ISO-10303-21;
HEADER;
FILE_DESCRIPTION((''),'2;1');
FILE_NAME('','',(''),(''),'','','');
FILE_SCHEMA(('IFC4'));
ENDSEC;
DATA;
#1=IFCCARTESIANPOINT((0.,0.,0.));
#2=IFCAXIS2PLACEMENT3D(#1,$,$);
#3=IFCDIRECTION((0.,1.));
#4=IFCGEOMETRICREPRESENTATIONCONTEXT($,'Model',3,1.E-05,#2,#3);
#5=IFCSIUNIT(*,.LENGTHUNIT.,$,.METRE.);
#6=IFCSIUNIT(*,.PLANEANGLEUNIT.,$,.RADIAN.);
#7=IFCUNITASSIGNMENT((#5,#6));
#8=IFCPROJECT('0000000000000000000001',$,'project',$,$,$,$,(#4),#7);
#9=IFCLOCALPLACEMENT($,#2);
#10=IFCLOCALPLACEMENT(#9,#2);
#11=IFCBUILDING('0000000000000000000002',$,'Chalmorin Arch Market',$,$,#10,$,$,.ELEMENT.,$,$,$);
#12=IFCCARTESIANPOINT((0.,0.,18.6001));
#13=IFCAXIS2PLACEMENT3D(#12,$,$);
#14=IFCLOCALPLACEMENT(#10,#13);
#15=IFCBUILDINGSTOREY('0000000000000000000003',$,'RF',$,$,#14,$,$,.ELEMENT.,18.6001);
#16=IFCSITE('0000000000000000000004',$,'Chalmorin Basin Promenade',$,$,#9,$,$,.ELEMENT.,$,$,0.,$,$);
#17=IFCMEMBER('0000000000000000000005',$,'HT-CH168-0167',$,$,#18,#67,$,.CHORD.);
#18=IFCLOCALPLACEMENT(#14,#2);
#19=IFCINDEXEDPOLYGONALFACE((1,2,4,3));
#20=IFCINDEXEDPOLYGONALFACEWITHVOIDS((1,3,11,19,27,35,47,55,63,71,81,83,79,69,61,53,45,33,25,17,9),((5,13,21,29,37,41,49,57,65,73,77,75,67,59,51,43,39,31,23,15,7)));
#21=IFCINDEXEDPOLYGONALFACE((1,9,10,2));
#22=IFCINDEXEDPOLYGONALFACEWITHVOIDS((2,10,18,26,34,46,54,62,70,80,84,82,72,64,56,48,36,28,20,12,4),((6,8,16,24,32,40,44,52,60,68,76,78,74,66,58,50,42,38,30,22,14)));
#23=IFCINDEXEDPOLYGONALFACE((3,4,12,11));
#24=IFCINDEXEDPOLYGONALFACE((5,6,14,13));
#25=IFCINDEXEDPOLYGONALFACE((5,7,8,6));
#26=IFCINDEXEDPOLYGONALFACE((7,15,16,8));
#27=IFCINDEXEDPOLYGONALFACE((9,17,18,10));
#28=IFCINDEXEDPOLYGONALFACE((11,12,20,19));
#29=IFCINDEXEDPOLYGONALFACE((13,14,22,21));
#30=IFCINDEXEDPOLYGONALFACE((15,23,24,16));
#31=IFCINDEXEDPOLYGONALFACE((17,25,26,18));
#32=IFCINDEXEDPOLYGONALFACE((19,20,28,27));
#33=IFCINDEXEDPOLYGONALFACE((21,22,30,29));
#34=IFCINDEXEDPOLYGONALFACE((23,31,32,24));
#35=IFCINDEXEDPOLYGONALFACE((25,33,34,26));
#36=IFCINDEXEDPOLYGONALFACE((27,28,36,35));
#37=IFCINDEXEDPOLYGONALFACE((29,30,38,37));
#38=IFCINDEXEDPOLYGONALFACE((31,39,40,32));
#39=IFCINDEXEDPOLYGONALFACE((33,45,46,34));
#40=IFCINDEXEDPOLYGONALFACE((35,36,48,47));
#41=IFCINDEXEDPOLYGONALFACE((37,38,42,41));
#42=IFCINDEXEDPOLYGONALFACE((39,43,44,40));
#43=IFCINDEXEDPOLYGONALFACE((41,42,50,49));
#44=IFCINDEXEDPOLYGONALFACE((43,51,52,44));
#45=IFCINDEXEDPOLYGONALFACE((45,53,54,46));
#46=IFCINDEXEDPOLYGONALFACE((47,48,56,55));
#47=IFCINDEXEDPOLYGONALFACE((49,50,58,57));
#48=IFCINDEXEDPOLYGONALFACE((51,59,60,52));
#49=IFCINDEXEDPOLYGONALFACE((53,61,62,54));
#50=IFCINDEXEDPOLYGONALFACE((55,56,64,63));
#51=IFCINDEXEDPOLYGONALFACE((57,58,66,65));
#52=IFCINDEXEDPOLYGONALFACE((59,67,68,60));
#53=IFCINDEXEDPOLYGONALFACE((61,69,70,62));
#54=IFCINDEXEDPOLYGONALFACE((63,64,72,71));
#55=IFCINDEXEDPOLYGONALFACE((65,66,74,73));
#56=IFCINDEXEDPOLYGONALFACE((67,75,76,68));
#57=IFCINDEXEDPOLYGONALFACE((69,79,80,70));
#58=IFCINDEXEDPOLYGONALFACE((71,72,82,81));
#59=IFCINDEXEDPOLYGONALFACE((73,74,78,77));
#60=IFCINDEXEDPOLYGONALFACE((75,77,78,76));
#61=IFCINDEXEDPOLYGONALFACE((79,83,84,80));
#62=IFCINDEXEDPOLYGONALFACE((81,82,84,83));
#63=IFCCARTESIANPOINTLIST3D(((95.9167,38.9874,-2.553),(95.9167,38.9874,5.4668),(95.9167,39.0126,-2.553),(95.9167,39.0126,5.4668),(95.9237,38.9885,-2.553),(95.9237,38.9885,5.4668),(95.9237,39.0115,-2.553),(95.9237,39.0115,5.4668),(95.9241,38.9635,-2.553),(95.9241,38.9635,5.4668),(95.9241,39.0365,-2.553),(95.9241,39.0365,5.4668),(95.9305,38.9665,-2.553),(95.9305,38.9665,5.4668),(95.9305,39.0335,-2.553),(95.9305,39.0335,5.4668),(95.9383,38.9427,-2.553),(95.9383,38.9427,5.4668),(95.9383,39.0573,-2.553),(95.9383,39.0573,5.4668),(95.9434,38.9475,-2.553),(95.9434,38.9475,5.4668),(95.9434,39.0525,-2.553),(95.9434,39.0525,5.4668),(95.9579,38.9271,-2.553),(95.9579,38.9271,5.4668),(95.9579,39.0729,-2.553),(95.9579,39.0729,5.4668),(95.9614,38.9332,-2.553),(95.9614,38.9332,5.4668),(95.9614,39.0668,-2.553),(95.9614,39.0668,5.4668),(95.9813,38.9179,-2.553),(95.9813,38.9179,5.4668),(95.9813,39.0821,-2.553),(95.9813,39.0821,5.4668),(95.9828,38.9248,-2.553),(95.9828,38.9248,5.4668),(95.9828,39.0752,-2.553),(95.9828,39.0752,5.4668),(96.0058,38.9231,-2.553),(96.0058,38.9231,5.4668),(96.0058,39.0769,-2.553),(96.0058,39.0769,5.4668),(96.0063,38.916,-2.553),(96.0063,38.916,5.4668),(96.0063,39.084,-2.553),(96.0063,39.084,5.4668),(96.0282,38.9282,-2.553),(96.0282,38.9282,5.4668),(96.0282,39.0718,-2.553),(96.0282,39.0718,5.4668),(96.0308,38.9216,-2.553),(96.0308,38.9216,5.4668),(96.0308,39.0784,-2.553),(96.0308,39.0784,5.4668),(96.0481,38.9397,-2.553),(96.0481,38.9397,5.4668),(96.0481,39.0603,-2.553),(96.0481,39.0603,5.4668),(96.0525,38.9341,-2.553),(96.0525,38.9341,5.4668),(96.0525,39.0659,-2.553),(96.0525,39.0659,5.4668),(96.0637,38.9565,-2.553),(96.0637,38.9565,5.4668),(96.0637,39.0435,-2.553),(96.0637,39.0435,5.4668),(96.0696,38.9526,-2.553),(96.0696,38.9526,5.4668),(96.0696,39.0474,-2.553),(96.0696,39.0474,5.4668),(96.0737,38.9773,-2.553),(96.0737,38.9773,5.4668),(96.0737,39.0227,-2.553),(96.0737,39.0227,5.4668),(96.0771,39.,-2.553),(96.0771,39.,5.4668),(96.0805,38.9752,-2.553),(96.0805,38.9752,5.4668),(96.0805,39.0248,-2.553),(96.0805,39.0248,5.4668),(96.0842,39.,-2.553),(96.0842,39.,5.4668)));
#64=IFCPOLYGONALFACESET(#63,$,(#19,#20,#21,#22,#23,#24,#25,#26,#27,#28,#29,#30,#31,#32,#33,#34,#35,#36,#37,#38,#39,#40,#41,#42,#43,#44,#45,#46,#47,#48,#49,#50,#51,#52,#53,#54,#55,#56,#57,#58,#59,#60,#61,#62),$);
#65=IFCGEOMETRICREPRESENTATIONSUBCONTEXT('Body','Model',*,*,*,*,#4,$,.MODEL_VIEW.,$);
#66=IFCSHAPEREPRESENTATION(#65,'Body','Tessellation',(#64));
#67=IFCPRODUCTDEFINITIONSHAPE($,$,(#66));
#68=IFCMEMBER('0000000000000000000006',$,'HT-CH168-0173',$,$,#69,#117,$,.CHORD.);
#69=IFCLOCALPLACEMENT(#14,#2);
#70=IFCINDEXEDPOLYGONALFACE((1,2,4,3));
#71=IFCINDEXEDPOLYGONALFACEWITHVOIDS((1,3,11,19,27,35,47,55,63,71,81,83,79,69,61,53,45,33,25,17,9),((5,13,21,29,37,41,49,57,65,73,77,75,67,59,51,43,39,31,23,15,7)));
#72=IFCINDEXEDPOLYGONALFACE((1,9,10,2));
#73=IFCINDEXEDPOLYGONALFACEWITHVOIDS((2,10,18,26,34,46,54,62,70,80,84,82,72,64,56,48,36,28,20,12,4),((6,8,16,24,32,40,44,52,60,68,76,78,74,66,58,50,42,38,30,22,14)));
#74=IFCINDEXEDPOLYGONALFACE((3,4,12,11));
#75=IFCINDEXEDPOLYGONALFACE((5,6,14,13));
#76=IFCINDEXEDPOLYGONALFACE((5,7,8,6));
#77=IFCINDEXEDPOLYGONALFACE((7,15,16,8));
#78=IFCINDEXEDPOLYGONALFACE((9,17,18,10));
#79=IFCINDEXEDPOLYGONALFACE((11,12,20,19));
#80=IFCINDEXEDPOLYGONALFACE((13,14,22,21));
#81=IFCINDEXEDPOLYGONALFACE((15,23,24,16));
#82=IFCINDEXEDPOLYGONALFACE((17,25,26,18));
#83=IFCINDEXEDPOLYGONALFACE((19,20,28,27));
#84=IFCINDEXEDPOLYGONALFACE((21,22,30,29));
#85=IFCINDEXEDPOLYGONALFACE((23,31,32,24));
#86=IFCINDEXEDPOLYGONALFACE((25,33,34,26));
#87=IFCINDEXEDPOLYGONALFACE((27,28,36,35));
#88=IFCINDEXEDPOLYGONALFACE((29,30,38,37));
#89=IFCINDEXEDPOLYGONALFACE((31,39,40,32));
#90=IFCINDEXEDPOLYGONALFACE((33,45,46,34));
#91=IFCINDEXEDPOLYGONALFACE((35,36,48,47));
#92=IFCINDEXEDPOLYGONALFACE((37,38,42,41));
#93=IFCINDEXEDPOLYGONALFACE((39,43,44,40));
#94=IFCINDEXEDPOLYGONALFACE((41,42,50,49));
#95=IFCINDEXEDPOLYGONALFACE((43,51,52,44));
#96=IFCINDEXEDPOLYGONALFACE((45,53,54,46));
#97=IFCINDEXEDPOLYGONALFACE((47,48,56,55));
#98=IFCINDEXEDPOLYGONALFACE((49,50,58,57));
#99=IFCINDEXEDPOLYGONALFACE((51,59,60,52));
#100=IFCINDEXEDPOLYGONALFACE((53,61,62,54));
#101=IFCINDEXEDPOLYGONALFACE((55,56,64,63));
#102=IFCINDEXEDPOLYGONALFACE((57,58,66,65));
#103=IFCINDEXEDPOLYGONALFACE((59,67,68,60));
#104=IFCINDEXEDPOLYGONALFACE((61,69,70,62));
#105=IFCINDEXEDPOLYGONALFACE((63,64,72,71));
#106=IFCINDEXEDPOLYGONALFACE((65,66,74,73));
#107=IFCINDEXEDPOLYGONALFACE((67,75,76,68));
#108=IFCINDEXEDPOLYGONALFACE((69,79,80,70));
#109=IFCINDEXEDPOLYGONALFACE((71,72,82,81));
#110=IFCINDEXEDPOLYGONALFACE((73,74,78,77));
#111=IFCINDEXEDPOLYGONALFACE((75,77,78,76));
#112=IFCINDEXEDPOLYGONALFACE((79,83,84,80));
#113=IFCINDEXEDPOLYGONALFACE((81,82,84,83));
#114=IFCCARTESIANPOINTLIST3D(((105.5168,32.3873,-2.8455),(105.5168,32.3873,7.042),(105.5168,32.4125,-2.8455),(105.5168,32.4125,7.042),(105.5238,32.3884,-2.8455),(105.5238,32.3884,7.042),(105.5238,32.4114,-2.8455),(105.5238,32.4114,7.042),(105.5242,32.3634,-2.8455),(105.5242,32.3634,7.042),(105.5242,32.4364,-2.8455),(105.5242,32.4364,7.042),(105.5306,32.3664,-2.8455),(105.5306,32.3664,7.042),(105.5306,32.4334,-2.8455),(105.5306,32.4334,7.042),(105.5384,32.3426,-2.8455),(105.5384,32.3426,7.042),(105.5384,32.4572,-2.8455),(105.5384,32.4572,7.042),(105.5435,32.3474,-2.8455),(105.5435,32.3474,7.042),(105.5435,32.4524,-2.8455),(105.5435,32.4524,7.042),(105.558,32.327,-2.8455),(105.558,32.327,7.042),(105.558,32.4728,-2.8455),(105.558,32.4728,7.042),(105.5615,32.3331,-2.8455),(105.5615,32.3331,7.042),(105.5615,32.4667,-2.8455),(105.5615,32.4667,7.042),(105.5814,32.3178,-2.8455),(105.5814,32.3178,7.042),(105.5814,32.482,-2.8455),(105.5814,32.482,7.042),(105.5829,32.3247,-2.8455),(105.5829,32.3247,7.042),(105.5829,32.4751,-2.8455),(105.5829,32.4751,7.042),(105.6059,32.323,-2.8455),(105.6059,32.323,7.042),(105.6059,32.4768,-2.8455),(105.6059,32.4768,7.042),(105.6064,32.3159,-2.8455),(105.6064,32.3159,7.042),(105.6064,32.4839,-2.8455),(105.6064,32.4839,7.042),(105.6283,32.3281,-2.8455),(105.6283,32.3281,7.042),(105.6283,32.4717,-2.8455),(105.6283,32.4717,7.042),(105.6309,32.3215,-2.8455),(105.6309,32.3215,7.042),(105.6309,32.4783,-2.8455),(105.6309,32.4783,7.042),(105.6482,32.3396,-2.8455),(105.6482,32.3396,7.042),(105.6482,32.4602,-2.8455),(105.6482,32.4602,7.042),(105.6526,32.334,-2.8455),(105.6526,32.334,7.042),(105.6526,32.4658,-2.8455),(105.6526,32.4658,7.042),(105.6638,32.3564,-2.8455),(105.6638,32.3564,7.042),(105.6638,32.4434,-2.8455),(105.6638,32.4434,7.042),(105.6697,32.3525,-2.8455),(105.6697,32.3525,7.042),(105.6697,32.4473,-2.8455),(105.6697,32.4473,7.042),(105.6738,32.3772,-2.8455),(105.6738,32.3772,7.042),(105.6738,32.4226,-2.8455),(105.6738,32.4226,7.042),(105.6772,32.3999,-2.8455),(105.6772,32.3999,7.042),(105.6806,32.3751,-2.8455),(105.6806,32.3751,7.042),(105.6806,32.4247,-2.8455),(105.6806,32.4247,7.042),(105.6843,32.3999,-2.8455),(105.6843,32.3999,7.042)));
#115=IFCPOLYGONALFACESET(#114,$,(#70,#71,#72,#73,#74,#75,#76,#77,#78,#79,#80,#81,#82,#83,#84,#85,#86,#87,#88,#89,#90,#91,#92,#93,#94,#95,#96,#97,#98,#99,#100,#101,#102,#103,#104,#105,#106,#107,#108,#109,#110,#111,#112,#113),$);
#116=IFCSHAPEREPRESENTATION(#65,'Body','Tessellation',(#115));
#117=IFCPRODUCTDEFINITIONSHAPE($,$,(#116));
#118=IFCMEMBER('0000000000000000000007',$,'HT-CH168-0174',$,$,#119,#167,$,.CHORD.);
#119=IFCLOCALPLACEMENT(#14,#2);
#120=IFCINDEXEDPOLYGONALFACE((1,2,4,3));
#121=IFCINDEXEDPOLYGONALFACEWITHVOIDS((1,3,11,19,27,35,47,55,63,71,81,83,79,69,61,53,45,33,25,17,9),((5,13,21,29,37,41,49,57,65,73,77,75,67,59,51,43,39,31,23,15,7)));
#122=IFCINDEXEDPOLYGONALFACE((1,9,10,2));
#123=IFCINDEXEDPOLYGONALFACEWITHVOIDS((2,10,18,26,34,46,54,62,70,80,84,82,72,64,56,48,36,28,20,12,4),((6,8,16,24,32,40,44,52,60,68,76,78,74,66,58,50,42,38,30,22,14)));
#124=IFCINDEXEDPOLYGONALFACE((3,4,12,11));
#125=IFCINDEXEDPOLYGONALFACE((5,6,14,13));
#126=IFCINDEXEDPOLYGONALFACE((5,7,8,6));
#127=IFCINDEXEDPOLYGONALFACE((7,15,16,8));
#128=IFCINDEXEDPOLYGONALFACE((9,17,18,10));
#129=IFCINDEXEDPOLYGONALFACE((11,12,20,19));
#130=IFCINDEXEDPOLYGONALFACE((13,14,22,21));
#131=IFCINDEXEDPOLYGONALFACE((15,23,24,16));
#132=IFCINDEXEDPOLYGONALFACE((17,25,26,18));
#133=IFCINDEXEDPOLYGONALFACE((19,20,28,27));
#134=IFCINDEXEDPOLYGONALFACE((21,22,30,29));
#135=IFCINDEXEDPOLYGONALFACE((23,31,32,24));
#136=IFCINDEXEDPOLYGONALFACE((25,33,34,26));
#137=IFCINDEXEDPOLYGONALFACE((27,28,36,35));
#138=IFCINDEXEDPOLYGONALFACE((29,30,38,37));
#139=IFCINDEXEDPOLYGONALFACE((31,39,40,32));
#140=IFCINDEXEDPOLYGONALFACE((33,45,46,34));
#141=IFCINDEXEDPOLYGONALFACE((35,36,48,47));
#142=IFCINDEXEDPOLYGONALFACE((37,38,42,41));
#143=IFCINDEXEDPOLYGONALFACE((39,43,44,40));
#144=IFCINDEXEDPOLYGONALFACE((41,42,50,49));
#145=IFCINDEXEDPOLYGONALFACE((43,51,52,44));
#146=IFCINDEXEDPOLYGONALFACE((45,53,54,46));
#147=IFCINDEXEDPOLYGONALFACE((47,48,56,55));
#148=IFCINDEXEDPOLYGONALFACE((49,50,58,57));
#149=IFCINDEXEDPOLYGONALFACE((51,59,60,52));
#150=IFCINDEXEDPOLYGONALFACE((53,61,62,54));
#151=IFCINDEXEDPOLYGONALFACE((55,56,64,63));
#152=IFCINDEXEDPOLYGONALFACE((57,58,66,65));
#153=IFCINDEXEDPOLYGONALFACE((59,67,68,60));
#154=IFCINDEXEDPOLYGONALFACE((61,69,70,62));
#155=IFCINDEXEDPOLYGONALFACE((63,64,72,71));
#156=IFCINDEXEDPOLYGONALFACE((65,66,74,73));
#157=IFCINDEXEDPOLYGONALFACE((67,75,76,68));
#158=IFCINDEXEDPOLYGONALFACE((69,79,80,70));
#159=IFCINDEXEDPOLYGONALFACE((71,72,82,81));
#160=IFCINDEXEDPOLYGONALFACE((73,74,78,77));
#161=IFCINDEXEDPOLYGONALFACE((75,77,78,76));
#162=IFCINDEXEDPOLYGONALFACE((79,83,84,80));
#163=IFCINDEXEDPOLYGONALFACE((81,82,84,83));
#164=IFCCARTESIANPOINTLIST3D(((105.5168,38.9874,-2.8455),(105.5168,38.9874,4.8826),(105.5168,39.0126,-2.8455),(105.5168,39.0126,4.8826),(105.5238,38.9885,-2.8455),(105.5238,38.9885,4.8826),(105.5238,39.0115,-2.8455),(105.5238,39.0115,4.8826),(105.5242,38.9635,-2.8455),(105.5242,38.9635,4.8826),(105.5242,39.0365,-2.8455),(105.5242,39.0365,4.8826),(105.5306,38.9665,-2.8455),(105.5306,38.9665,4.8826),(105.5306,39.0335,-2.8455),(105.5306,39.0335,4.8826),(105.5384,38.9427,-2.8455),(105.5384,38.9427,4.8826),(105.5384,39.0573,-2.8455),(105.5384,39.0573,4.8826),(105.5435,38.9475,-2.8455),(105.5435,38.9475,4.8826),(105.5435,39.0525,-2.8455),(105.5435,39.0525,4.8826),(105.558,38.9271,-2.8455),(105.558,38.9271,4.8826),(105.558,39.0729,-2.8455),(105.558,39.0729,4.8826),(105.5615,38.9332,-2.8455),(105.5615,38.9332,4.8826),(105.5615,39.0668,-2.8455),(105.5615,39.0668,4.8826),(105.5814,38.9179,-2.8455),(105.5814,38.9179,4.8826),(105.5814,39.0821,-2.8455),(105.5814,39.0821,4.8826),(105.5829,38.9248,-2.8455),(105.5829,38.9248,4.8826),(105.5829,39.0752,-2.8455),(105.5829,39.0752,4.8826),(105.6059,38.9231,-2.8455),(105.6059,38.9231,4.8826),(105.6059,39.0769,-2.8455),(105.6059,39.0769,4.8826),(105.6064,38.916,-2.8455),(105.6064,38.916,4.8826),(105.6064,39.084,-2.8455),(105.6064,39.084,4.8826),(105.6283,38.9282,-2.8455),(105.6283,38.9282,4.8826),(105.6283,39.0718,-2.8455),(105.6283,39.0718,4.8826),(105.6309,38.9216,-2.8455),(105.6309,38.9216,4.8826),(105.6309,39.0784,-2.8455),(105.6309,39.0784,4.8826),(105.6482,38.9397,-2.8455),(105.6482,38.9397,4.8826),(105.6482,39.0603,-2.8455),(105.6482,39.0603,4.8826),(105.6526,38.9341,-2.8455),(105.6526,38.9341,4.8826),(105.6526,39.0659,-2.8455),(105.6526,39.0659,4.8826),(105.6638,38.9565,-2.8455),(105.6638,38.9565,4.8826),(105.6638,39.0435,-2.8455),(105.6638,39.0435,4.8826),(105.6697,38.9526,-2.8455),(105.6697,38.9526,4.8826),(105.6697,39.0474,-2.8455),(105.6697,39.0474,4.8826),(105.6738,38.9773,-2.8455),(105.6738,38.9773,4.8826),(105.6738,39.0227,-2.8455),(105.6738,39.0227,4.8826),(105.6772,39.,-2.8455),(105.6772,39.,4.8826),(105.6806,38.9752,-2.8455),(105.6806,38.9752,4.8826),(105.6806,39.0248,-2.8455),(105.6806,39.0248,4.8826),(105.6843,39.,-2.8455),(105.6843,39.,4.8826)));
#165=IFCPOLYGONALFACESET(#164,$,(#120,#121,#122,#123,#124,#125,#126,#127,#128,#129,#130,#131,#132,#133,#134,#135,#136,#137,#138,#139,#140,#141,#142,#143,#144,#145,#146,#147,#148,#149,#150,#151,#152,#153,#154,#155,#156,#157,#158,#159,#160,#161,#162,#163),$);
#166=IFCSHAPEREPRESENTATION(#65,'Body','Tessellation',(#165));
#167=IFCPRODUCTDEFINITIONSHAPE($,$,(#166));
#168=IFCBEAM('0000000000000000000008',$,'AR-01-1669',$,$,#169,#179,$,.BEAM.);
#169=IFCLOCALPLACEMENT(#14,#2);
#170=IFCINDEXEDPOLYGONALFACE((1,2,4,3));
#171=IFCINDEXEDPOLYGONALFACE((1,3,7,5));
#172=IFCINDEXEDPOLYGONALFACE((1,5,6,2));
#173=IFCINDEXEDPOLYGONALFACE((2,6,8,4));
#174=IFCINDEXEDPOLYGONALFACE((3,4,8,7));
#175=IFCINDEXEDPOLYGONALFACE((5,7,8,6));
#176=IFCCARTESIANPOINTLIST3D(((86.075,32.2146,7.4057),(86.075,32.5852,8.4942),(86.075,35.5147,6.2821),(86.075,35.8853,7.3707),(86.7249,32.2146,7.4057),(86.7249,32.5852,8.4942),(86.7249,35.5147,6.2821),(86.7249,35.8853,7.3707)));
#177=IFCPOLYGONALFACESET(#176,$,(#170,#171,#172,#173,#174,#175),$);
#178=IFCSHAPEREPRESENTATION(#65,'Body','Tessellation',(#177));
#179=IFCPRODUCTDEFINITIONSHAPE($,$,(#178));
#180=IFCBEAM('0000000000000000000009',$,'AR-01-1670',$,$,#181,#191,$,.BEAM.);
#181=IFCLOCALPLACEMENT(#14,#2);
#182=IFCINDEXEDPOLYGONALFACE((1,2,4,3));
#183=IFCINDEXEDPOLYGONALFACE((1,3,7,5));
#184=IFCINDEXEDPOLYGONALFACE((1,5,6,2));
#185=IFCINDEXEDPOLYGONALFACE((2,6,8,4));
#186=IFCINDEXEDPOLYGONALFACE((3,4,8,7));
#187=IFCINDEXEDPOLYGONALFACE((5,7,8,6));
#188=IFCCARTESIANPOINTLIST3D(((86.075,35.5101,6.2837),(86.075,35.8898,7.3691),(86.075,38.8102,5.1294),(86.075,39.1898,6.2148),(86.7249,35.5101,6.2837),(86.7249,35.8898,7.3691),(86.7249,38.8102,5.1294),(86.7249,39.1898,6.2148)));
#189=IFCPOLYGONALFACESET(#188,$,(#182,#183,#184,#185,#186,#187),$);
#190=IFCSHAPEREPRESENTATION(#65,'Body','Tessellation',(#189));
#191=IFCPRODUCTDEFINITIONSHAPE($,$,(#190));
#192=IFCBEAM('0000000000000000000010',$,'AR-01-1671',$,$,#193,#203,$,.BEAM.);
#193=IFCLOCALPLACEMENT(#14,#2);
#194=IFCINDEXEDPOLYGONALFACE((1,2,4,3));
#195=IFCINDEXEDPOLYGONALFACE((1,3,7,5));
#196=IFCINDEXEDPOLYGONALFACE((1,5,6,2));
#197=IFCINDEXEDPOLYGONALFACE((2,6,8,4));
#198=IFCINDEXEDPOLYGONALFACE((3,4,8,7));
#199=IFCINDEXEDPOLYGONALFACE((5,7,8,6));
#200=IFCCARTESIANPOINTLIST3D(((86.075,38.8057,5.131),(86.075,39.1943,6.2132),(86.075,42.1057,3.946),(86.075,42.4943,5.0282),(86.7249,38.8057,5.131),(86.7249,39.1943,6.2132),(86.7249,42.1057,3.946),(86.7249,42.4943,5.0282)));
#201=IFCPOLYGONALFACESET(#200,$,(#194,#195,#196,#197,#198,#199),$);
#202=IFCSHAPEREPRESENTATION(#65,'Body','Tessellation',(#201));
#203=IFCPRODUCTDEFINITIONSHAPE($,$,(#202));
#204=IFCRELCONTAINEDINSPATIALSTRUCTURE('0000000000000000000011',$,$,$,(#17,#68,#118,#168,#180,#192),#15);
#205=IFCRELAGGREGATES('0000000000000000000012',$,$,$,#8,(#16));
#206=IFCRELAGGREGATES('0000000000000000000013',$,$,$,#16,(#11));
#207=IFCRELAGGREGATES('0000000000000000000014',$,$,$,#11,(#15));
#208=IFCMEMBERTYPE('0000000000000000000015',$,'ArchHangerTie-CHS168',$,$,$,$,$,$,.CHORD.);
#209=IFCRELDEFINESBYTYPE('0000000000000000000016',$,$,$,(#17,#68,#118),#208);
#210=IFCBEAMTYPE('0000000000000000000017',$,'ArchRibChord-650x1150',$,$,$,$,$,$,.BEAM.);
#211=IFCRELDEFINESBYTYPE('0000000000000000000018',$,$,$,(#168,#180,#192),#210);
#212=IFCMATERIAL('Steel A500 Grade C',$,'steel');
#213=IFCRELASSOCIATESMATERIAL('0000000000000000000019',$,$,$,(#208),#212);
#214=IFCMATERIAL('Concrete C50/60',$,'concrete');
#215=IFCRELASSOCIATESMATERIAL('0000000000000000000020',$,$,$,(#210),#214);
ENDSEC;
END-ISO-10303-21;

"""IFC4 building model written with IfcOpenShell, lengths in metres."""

from ifc_helpers import new_model, si_unit, direction, frame, origin, origin_2d, place, context, subcontext, project, spatial, rectangle, hollow_circle, extrude, material, material_profile, profile_set, type_object, element, save


model = new_model("IFC4")

# Units and contexts
model_context = context("Model", 3, precision=1e-05, world=origin(), true_north=direction((0.0, 1.0)))
body_context = subcontext(model_context, "Body", "Model", "MODEL_VIEW")
ifc_project = project(units=[si_unit("LENGTHUNIT", "METRE"), si_unit("PLANEANGLEUNIT", "RADIAN")], contexts=[model_context])

# Site, building, storey
site_placement = place(None, origin())
site = spatial("IfcSite", under=ifc_project, at=site_placement, Name="Chalmorin Basin Promenade", CompositionType="ELEMENT", RefElevation=0.0)
building_placement = place(site_placement, origin())
building = spatial("IfcBuilding", under=site, at=building_placement, Name="Chalmorin Arch Market", CompositionType="ELEMENT")
storey_placement = place(building_placement, frame((0.0, 0.0, 18.6001)))
storey = spatial("IfcBuildingStorey", under=building, at=storey_placement, Name="RF", CompositionType="ELEMENT", Elevation=18.6001)

# Members
ifc_material_1 = material(Name="Steel A500 Grade C", Category="steel")
ifc_material_profile_1 = material_profile(ifc_material_1, hollow_circle(Radius=0.0842, WallThickness=0.0071, at=origin_2d()), Name="CHS168X7")
ifc_profile_set_1 = profile_set([ifc_material_profile_1], Name="Steel A500 Grade C")
member_type_1 = type_object("IfcMemberType", Name="ArchHangerTie-CHS168", PredefinedType="CHORD", material=ifc_profile_set_1)
member_1_placement = place(storey_placement, frame((96.0, 39.0, -2.553), z_axis=(0.0, 0.0, 1.0), x_axis=(1.0, 0.0, 0.0)))
element("IfcMember", 1, at=member_1_placement, inside=storey, type_object=member_type_1, Name="HT-CH168-0167", PredefinedType="CHORD", context=body_context, shape_type="SweptSolid", body=[
    extrude(hollow_circle(Radius=0.0842, WallThickness=0.0071, at=origin_2d()), origin(), (0.0, 0.0, 1.0), 8.0198),
])
member_2_placement = place(storey_placement, frame((105.6001, 32.3999, -2.8455), z_axis=(0.0, 0.0, 1.0), x_axis=(1.0, 0.0, 0.0)))
element("IfcMember", 2, at=member_2_placement, inside=storey, type_object=member_type_1, Name="HT-CH168-0173", PredefinedType="CHORD", context=body_context, shape_type="SweptSolid", body=[
    extrude(hollow_circle(Radius=0.0842, WallThickness=0.0071, at=origin_2d()), origin(), (0.0, 0.0, 1.0), 9.8875),
])
member_3_placement = place(storey_placement, frame((105.6001, 39.0, -2.8455), z_axis=(0.0, 0.0, 1.0), x_axis=(1.0, 0.0, 0.0)))
element("IfcMember", 3, at=member_3_placement, inside=storey, type_object=member_type_1, Name="HT-CH168-0174", PredefinedType="CHORD", context=body_context, shape_type="SweptSolid", body=[
    extrude(hollow_circle(Radius=0.0842, WallThickness=0.0071, at=origin_2d()), origin(), (0.0, 0.0, 1.0), 7.728),
])

# Beams
ifc_material_2 = material(Name="Concrete C50/60", Category="concrete")
ifc_material_profile_2 = material_profile(ifc_material_2, rectangle(XDim=0.6499, YDim=1.1499, at=origin_2d()), Name="RC650X1150")
ifc_profile_set_2 = profile_set([ifc_material_profile_2], Name="Concrete C50/60")
beam_type = type_object("IfcBeamType", Name="ArchRibChord-650x1150", PredefinedType="BEAM", material=ifc_profile_set_2)
beam_1_placement = place(storey_placement, frame((86.3999, 32.3999, 7.95), z_axis=(0.0, 0.94664, -0.322293), x_axis=(-1.0, 0.0, 0.0)))
element("IfcBeam", 4, at=beam_1_placement, inside=storey, type_object=beam_type, Name="AR-01-1669", PredefinedType="BEAM", context=body_context, shape_type="SweptSolid", body=[
    extrude(rectangle(XDim=0.6499, YDim=1.1499, at=origin_2d()), origin(), (0.0, 0.0, 1.0), 3.4861),
])
beam_2_placement = place(storey_placement, frame((86.3999, 35.7, 6.8264), z_axis=(0.0, 0.943923, -0.330167), x_axis=(-1.0, 0.0, 0.0)))
element("IfcBeam", 5, at=beam_2_placement, inside=storey, type_object=beam_type, Name="AR-01-1670", PredefinedType="BEAM", context=body_context, shape_type="SweptSolid", body=[
    extrude(rectangle(XDim=0.6499, YDim=1.1499, at=origin_2d()), origin(), (0.0, 0.0, 1.0), 3.4961),
])
beam_3_placement = place(storey_placement, frame((86.3999, 39.0, 5.6721), z_axis=(0.0, 0.941156, -0.337972), x_axis=(-1.0, 0.0, 0.0)))
element("IfcBeam", 6, at=beam_3_placement, inside=storey, type_object=beam_type, Name="AR-01-1671", PredefinedType="BEAM", context=body_context, shape_type="SweptSolid", body=[
    extrude(rectangle(XDim=0.6499, YDim=1.1499, at=origin_2d()), origin(), (0.0, 0.0, 1.0), 3.5063),
])

save(model, "model.ifc")
